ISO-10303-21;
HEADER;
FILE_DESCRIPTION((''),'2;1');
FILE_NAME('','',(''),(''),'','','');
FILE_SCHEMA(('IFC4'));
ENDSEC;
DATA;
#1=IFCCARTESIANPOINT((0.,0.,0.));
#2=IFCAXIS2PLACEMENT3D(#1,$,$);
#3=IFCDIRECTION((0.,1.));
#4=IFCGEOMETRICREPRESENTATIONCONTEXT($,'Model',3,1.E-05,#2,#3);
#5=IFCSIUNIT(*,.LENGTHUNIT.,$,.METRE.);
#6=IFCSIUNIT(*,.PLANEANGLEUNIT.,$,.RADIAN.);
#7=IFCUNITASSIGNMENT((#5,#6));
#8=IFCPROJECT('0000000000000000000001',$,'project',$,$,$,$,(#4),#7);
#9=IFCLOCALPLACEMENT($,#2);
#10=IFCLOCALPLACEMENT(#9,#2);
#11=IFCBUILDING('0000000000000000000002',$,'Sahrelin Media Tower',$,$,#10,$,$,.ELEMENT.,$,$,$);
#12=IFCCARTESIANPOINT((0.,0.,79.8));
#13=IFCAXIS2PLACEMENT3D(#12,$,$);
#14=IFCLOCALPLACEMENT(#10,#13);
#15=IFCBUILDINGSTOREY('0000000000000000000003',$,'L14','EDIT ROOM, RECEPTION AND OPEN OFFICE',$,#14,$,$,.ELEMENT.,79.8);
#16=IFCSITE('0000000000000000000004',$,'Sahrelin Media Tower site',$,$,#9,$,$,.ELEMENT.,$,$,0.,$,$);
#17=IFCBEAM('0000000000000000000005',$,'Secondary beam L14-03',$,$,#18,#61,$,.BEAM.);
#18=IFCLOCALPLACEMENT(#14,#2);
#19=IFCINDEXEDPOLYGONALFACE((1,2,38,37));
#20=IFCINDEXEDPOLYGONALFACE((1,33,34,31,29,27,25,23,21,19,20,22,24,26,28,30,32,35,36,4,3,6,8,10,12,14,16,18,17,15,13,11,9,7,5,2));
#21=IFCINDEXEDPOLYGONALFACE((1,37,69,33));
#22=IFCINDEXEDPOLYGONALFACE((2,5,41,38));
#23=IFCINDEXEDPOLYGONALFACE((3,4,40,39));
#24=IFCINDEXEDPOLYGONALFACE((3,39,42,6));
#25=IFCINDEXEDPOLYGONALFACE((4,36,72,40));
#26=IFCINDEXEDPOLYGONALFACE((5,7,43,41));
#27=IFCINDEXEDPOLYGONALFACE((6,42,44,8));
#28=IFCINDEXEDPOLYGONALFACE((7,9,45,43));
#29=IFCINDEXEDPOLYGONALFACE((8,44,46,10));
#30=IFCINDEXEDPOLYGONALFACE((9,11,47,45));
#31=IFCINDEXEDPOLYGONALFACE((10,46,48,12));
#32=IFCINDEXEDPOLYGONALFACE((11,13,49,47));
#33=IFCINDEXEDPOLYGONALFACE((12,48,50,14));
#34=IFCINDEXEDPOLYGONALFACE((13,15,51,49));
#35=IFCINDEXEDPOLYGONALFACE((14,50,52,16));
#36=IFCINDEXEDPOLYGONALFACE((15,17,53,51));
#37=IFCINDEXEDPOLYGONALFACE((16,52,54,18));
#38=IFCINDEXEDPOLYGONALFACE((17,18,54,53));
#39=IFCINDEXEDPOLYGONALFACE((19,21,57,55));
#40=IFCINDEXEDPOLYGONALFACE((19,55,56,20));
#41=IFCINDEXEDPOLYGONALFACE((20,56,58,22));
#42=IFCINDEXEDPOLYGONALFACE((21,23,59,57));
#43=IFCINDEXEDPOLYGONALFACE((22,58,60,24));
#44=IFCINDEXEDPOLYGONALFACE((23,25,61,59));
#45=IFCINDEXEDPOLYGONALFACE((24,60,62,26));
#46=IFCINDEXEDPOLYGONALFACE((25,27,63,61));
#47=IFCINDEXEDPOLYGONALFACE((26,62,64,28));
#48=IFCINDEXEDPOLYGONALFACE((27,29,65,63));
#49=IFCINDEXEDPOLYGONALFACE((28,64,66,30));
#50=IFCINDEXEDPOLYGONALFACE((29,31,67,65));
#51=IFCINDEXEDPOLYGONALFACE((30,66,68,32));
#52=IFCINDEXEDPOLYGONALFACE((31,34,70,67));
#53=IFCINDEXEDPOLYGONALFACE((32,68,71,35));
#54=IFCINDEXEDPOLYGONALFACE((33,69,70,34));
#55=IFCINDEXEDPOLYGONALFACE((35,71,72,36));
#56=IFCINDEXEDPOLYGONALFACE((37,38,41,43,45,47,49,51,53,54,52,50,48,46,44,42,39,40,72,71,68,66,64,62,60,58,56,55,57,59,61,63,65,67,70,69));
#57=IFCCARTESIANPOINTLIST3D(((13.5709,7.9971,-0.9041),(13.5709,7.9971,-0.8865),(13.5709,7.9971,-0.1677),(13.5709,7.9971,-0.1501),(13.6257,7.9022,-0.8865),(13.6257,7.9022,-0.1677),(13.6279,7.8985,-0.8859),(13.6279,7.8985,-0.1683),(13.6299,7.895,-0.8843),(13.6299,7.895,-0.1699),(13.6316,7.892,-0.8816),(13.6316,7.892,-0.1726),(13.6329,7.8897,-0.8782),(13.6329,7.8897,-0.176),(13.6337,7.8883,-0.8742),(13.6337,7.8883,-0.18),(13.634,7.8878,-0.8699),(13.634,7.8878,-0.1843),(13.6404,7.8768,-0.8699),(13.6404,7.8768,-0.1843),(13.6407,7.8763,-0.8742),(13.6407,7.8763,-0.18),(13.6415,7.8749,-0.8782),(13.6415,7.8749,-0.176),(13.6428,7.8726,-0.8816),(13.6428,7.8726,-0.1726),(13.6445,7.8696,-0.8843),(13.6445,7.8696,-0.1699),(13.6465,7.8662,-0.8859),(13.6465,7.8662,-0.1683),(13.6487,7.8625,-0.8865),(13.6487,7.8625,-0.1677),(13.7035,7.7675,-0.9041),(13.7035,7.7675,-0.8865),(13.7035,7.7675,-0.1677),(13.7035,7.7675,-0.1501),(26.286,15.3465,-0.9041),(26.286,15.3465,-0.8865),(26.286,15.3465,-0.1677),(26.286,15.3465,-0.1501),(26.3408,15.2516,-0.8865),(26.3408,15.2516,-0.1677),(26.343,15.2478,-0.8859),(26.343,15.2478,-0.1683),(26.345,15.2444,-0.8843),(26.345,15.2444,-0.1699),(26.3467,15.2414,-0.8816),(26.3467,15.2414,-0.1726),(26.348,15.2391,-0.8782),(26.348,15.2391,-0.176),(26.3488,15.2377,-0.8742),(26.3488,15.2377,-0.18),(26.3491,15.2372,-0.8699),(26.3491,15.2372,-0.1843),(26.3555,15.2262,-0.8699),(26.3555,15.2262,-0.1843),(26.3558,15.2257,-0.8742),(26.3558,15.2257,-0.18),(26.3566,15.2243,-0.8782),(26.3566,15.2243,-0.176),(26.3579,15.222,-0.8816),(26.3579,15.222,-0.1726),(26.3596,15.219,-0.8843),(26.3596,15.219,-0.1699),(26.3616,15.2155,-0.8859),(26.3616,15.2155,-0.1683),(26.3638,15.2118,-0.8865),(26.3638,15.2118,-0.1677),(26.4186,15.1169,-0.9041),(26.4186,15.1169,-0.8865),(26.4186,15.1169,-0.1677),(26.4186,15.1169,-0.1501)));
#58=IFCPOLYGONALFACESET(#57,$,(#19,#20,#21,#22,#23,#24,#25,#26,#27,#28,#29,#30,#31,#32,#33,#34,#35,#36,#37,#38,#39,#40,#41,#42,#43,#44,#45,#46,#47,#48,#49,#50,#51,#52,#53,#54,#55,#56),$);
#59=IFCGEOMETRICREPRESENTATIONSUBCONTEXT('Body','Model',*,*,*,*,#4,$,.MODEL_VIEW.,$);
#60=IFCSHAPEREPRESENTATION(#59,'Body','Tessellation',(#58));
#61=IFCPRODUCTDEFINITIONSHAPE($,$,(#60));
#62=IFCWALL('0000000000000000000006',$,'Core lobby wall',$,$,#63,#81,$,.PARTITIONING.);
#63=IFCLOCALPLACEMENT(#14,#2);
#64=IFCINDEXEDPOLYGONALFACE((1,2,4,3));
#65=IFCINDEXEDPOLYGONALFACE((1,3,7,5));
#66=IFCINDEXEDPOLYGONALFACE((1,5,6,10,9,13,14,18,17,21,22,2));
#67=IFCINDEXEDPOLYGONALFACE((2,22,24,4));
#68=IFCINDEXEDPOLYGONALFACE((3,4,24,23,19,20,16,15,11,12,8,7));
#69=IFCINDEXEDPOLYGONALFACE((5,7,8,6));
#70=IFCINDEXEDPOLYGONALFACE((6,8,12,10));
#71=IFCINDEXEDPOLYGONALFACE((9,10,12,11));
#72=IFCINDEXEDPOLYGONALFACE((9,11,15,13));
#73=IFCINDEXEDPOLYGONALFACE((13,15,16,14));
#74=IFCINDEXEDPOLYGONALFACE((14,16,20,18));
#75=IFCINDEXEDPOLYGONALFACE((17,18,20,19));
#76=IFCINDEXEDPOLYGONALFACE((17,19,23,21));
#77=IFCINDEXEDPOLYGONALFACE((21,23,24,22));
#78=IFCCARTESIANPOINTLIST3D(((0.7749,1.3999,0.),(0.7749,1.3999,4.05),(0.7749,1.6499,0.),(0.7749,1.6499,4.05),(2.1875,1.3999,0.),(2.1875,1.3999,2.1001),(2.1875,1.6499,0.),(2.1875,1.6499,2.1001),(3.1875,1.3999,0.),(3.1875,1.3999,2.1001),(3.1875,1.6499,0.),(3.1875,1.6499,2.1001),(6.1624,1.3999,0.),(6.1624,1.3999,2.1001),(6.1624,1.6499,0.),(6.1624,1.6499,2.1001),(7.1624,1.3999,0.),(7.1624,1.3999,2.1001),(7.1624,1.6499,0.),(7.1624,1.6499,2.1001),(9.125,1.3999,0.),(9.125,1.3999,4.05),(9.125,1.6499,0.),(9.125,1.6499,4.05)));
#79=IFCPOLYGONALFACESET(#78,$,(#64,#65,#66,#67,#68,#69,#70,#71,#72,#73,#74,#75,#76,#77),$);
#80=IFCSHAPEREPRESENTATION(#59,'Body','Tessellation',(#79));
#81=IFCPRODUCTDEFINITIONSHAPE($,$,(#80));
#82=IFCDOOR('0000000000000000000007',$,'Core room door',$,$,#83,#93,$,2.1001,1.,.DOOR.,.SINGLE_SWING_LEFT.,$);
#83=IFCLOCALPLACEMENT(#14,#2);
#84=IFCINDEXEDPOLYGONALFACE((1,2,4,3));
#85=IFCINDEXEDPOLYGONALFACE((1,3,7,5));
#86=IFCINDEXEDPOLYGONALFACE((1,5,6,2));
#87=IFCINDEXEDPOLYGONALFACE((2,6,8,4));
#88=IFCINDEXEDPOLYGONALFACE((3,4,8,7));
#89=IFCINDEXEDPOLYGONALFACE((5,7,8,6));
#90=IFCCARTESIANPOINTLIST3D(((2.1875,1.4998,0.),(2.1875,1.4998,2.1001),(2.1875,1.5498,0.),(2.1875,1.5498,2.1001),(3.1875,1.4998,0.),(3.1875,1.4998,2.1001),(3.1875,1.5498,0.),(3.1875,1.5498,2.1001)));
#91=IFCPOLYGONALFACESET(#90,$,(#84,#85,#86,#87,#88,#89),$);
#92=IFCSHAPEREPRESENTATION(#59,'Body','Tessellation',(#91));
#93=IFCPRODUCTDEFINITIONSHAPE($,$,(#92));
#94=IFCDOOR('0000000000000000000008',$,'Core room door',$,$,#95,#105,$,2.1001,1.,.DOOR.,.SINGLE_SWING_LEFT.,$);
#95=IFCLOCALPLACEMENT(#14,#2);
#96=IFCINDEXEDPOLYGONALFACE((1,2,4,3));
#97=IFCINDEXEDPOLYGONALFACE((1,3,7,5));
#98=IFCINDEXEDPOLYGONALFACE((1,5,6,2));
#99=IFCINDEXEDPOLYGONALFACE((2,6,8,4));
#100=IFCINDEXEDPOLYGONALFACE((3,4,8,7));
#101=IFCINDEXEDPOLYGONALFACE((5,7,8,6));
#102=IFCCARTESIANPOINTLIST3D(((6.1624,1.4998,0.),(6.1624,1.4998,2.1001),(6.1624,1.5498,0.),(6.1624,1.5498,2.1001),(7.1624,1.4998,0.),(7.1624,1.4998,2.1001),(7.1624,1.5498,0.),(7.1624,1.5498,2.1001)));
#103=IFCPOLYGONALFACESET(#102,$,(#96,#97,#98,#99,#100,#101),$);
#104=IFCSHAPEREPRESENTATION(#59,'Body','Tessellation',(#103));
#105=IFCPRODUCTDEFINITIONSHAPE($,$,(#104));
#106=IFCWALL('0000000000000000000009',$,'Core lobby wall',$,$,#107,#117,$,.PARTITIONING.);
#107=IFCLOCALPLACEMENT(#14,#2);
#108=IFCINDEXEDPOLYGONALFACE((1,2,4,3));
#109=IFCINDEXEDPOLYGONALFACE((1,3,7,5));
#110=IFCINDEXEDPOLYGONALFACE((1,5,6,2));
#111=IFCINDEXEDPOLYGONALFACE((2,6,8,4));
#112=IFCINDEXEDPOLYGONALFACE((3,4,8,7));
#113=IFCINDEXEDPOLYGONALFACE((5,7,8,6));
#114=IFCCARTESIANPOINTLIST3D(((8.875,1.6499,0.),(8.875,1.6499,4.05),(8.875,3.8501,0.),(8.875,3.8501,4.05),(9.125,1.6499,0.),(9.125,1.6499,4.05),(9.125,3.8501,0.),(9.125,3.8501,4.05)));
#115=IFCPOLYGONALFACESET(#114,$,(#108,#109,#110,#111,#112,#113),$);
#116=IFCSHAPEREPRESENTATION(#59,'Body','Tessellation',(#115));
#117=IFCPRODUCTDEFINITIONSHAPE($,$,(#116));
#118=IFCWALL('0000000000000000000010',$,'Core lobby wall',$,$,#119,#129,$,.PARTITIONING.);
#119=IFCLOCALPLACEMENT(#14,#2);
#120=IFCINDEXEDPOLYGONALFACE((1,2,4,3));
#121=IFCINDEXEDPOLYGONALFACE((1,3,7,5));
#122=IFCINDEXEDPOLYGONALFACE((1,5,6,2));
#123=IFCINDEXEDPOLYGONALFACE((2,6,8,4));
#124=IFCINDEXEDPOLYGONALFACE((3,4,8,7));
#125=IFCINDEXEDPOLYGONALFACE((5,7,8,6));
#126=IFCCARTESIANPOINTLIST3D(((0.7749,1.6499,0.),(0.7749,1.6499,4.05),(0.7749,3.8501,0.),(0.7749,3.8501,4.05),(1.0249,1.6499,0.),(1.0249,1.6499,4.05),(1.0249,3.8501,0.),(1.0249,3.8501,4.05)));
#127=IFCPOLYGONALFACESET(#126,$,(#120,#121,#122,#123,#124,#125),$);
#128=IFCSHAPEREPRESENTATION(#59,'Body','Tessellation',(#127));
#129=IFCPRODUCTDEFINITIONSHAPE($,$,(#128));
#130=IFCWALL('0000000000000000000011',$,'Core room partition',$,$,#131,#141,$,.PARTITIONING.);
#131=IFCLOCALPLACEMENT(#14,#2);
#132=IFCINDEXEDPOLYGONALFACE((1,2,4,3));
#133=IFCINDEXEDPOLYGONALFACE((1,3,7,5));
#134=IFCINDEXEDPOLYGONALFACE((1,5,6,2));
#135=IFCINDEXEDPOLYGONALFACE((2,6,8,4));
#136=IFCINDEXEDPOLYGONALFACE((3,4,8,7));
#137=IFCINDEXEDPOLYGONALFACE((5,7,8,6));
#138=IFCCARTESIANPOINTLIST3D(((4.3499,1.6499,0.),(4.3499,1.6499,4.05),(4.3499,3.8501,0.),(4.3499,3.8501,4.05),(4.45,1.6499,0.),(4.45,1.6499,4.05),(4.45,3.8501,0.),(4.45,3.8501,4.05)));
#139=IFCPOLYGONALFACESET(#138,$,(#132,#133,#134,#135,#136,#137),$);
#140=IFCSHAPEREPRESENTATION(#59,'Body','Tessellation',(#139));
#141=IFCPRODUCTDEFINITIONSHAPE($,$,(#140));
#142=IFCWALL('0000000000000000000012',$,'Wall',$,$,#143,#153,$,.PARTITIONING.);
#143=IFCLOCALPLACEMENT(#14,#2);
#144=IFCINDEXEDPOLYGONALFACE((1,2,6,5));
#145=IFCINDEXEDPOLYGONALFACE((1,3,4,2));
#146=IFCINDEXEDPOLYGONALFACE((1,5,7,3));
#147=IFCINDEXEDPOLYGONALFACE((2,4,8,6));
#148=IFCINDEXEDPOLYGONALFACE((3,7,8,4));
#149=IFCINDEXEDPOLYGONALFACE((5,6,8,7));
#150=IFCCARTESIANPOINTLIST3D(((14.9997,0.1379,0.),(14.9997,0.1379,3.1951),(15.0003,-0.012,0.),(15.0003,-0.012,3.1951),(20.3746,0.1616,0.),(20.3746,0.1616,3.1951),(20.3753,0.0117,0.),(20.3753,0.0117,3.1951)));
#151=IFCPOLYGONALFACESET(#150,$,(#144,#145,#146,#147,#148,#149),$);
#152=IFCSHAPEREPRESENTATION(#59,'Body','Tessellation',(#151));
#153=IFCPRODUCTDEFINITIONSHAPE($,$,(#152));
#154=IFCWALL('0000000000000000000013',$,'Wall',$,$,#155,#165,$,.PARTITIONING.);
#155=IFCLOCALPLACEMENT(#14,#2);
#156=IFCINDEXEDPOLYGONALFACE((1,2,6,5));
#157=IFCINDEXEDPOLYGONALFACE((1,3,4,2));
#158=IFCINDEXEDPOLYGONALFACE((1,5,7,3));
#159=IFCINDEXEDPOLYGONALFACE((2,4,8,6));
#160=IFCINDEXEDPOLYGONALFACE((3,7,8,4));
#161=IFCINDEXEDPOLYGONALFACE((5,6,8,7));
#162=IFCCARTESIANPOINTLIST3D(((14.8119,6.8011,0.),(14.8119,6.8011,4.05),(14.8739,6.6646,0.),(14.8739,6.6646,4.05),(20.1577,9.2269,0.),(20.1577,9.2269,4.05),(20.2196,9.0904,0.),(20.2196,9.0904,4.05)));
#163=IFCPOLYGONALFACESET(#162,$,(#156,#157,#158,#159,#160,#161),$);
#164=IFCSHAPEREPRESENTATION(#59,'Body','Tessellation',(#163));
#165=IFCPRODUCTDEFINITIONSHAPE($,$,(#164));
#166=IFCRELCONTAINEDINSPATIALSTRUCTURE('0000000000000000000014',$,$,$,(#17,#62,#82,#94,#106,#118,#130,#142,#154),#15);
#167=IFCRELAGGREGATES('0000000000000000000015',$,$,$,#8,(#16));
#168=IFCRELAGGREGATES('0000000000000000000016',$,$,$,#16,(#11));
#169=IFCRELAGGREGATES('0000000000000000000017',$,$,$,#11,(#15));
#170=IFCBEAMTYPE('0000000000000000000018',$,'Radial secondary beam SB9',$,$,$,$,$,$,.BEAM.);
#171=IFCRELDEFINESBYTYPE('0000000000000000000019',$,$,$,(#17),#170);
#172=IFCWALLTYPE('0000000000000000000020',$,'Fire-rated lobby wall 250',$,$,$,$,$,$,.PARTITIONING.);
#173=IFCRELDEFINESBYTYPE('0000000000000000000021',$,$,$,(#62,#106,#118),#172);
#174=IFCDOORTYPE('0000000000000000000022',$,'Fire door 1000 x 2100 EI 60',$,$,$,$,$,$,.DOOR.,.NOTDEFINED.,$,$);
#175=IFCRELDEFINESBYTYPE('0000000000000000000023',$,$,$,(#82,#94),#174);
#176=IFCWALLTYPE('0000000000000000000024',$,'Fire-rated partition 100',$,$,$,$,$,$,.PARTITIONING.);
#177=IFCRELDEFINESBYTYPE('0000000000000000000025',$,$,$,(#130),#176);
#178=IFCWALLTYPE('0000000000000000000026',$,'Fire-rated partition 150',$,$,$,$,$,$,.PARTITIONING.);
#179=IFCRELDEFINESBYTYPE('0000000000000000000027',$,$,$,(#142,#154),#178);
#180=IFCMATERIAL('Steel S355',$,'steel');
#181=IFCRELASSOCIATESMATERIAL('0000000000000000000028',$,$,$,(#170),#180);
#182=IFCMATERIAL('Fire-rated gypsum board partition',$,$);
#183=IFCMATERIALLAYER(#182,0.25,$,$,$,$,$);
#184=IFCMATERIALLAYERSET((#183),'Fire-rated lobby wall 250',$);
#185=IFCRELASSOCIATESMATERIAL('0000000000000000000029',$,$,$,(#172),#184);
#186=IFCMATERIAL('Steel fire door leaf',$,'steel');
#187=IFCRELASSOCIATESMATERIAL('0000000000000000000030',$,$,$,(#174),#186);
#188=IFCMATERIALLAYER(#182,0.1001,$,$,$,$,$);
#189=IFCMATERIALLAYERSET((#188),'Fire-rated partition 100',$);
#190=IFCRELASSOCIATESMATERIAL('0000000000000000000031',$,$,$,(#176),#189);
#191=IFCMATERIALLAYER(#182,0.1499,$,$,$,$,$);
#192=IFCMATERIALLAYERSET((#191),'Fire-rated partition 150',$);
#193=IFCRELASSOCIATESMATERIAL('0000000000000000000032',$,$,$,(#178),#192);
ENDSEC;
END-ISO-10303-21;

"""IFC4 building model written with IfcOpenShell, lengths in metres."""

from ifc_helpers import new_model, si_unit, direction, frame, frame_2d, origin, origin_2d, place, context, subcontext, project, spatial, rectangle, i_section, extrude, material, layer, layer_set, material_profile, profile_set, type_object, element, fill, save


model = new_model("IFC4")

# Units and contexts
model_context = context("Model", 3, precision=1e-05, world=origin(), true_north=direction((0.0, 1.0)))
body_context = subcontext(model_context, "Body", "Model", "MODEL_VIEW")
ifc_project = project(units=[si_unit("LENGTHUNIT", "METRE"), si_unit("PLANEANGLEUNIT", "RADIAN")], contexts=[model_context])

# Site, building, storey
site_placement = place(None, origin())
site = spatial("IfcSite", under=ifc_project, at=site_placement, Name="Sahrelin Media Tower site", CompositionType="ELEMENT", RefElevation=0.0)
building_placement = place(site_placement, origin())
building = spatial("IfcBuilding", under=site, at=building_placement, Name="Sahrelin Media Tower", CompositionType="ELEMENT")
storey_placement = place(building_placement, frame((0.0, 0.0, 79.8)))
storey = spatial("IfcBuildingStorey", under=building, at=storey_placement, Name="L14", Description="EDIT ROOM, RECEPTION AND OPEN OFFICE", CompositionType="ELEMENT", Elevation=79.8)

# Beam
ifc_material_1 = material(Name="Steel S355", Category="steel")
ifc_material_profile_1 = material_profile(ifc_material_1, i_section(OverallWidth=0.2651, OverallDepth=0.7539, WebThickness=0.0127, FlangeThickness=0.0176, FilletRadius=0.0166, at=origin_2d()), Name="UB 762x267x147")
ifc_profile_set_1 = profile_set([ifc_material_profile_1], Name="Steel S355")
beam_type_1 = type_object("IfcBeamType", Name="Radial secondary beam SB9", PredefinedType="BEAM", material=ifc_profile_set_1)
beam_1_placement = place(storey_placement, frame((13.6372, 7.8823, -0.5271), z_axis=(0.86578, 0.500424, 0.0), x_axis=(-0.500424, 0.86578, 0.0)))
element("IfcBeam", 1, at=beam_1_placement, inside=storey, type_object=beam_type_1, Name="Secondary beam L14-03", PredefinedType="BEAM", context=body_context, shape_type="SweptSolid", body=[
    extrude(i_section(OverallWidth=0.2651, OverallDepth=0.7539, WebThickness=0.0127, FlangeThickness=0.0176, FilletRadius=0.0166, at=origin_2d()), origin(), (0.0, 0.0, 1.0), 14.6863),
])

# Wall, openings, doors
ifc_material_2 = material(Name="Fire-rated gypsum board partition")
ifc_layer_1 = layer(ifc_material_2, 0.25)
ifc_layer_set_1 = layer_set([ifc_layer_1], Name="Fire-rated lobby wall 250")
wall_type_1 = type_object("IfcWallType", Name="Fire-rated lobby wall 250", PredefinedType="PARTITIONING", material=ifc_layer_set_1)
wall_1_placement = place(storey_placement, frame((0.7749, 1.5249, 0.0), z_axis=(0.0, 0.0, 1.0), x_axis=(1.0, 0.0, 0.0)))
wall_1 = element("IfcWall", 2, at=wall_1_placement, inside=storey, type_object=wall_type_1, Name="Core lobby wall", PredefinedType="PARTITIONING", context=body_context, shape_type="SweptSolid", body=[
    extrude(rectangle(XDim=8.3501, YDim=0.25, at=frame_2d((4.175, 0.0))), origin(), (0.0, 0.0, 1.0), 4.05),
])
opening_1_placement = place(wall_1_placement, frame((1.4126, 0.0, 0.0)))
opening_1 = element("IfcOpeningElement", 3, at=opening_1_placement, cuts=wall_1, PredefinedType="OPENING", context=body_context, shape_type="SweptSolid", body=[
    extrude(rectangle(XDim=1.0, YDim=2.1001, at=frame_2d((0.5, 1.05))), frame((0.0, 0.125, 0.0), z_axis=(0.0, -1.0, 0.0), x_axis=(1.0, 0.0, 0.0)), (0.0, 0.0, 1.0), 0.25),
])
opening_2_placement = place(wall_1_placement, frame((5.3875, 0.0, 0.0)))
opening_2 = element("IfcOpeningElement", 4, at=opening_2_placement, cuts=wall_1, PredefinedType="OPENING", context=body_context, shape_type="SweptSolid", body=[
    extrude(rectangle(XDim=1.0, YDim=2.1001, at=frame_2d((0.5, 1.05))), frame((0.0, 0.125, 0.0), z_axis=(0.0, -1.0, 0.0), x_axis=(1.0, 0.0, 0.0)), (0.0, 0.0, 1.0), 0.25),
])
ifc_material_3 = material(Name="Steel fire door leaf", Category="steel")
door_type_1 = type_object("IfcDoorType", Name="Fire door 1000 x 2100 EI 60", OperationType="NOTDEFINED", PredefinedType="DOOR", material=ifc_material_3)
door_1_placement = place(opening_1_placement, origin())
door_1 = element("IfcDoor", 5, at=door_1_placement, inside=storey, type_object=door_type_1, Name="Core room door", OperationType="SINGLE_SWING_LEFT", OverallHeight=2.1001, OverallWidth=1.0, PredefinedType="DOOR", context=body_context, shape_type="SweptSolid", body=[
    extrude(rectangle(XDim=1.0, YDim=2.1001, at=frame_2d((0.5, 1.05))), frame((0.0, 0.0249, 0.0), z_axis=(0.0, -1.0, 0.0), x_axis=(1.0, 0.0, 0.0)), (0.0, 0.0, 1.0), 0.05),
])
fill(opening_1, door_1)
door_2_placement = place(opening_2_placement, origin())
door_2 = element("IfcDoor", 6, at=door_2_placement, inside=storey, type_object=door_type_1, Name="Core room door", OperationType="SINGLE_SWING_LEFT", OverallHeight=2.1001, OverallWidth=1.0, PredefinedType="DOOR", context=body_context, shape_type="SweptSolid", body=[
    extrude(rectangle(XDim=1.0, YDim=2.1001, at=frame_2d((0.5, 1.05))), frame((0.0, 0.0249, 0.0), z_axis=(0.0, -1.0, 0.0), x_axis=(1.0, 0.0, 0.0)), (0.0, 0.0, 1.0), 0.05),
])
fill(opening_2, door_2)

# Walls
for number, where, z_axis, x_axis, name in (
    (7, (9.0, 1.6499, 0.0), (0.0, 0.0, 1.0), (0.0, 1.0, 0.0), "Core lobby wall"),
    (8, (0.8999, 1.6499, 0.0), (0.0, 0.0, 1.0), (0.0, 1.0, 0.0), "Core lobby wall"),
):
    element("IfcWall", number, at=place(storey_placement, frame(where, z_axis=z_axis, x_axis=x_axis)), inside=storey, type_object=wall_type_1, Name=name, PredefinedType="PARTITIONING", context=body_context, shape_type="SweptSolid", body=[
        extrude(rectangle(XDim=2.2002, YDim=0.25, at=frame_2d((1.1001, 0.0))), origin(), (0.0, 0.0, 1.0), 4.05),
    ])
ifc_layer_2 = layer(ifc_material_2, 0.1001)
ifc_layer_set_2 = layer_set([ifc_layer_2], Name="Fire-rated partition 100")
wall_type_2 = type_object("IfcWallType", Name="Fire-rated partition 100", PredefinedType="PARTITIONING", material=ifc_layer_set_2)
wall_2_placement = place(storey_placement, frame((4.3999, 1.6499, 0.0), z_axis=(0.0, 0.0, 1.0), x_axis=(0.0, 1.0, 0.0)))
element("IfcWall", 9, at=wall_2_placement, inside=storey, type_object=wall_type_2, Name="Core room partition", PredefinedType="PARTITIONING", context=body_context, shape_type="SweptSolid", body=[
    extrude(rectangle(XDim=2.2002, YDim=0.1001, at=frame_2d((1.1001, 0.0))), origin(), (0.0, 0.0, 1.0), 4.05),
])
ifc_layer_3 = layer(ifc_material_2, 0.1499)
ifc_layer_set_3 = layer_set([ifc_layer_3], Name="Fire-rated partition 150")
wall_type_3 = type_object("IfcWallType", Name="Fire-rated partition 150", PredefinedType="PARTITIONING", material=ifc_layer_set_3)
wall_3_placement = place(storey_placement, frame((15.0, 0.063, 0.0), z_axis=(0.0, 0.0, 1.0), x_axis=(0.99999, 0.004406, 0.0)))
element("IfcWall", 10, at=wall_3_placement, inside=storey, type_object=wall_type_3, Name="Wall", PredefinedType="PARTITIONING", context=body_context, shape_type="SweptSolid", body=[
    extrude(rectangle(XDim=5.375, YDim=0.1499, at=frame_2d((2.6875, 0.0))), origin(), (0.0, 0.0, 1.0), 3.1951),
])
wall_4_placement = place(storey_placement, frame((14.843, 6.7329, 0.0), z_axis=(0.0, 0.0, 1.0), x_axis=(0.910628, 0.413226, 0.0)))
element("IfcWall", 11, at=wall_4_placement, inside=storey, type_object=wall_type_3, Name="Wall", PredefinedType="PARTITIONING", context=body_context, shape_type="SweptSolid", body=[
    extrude(rectangle(XDim=5.8704, YDim=0.1499, at=frame_2d((2.9351, 0.0))), origin(), (0.0, 0.0, 1.0), 4.05),
])

save(model, "model.ifc")
